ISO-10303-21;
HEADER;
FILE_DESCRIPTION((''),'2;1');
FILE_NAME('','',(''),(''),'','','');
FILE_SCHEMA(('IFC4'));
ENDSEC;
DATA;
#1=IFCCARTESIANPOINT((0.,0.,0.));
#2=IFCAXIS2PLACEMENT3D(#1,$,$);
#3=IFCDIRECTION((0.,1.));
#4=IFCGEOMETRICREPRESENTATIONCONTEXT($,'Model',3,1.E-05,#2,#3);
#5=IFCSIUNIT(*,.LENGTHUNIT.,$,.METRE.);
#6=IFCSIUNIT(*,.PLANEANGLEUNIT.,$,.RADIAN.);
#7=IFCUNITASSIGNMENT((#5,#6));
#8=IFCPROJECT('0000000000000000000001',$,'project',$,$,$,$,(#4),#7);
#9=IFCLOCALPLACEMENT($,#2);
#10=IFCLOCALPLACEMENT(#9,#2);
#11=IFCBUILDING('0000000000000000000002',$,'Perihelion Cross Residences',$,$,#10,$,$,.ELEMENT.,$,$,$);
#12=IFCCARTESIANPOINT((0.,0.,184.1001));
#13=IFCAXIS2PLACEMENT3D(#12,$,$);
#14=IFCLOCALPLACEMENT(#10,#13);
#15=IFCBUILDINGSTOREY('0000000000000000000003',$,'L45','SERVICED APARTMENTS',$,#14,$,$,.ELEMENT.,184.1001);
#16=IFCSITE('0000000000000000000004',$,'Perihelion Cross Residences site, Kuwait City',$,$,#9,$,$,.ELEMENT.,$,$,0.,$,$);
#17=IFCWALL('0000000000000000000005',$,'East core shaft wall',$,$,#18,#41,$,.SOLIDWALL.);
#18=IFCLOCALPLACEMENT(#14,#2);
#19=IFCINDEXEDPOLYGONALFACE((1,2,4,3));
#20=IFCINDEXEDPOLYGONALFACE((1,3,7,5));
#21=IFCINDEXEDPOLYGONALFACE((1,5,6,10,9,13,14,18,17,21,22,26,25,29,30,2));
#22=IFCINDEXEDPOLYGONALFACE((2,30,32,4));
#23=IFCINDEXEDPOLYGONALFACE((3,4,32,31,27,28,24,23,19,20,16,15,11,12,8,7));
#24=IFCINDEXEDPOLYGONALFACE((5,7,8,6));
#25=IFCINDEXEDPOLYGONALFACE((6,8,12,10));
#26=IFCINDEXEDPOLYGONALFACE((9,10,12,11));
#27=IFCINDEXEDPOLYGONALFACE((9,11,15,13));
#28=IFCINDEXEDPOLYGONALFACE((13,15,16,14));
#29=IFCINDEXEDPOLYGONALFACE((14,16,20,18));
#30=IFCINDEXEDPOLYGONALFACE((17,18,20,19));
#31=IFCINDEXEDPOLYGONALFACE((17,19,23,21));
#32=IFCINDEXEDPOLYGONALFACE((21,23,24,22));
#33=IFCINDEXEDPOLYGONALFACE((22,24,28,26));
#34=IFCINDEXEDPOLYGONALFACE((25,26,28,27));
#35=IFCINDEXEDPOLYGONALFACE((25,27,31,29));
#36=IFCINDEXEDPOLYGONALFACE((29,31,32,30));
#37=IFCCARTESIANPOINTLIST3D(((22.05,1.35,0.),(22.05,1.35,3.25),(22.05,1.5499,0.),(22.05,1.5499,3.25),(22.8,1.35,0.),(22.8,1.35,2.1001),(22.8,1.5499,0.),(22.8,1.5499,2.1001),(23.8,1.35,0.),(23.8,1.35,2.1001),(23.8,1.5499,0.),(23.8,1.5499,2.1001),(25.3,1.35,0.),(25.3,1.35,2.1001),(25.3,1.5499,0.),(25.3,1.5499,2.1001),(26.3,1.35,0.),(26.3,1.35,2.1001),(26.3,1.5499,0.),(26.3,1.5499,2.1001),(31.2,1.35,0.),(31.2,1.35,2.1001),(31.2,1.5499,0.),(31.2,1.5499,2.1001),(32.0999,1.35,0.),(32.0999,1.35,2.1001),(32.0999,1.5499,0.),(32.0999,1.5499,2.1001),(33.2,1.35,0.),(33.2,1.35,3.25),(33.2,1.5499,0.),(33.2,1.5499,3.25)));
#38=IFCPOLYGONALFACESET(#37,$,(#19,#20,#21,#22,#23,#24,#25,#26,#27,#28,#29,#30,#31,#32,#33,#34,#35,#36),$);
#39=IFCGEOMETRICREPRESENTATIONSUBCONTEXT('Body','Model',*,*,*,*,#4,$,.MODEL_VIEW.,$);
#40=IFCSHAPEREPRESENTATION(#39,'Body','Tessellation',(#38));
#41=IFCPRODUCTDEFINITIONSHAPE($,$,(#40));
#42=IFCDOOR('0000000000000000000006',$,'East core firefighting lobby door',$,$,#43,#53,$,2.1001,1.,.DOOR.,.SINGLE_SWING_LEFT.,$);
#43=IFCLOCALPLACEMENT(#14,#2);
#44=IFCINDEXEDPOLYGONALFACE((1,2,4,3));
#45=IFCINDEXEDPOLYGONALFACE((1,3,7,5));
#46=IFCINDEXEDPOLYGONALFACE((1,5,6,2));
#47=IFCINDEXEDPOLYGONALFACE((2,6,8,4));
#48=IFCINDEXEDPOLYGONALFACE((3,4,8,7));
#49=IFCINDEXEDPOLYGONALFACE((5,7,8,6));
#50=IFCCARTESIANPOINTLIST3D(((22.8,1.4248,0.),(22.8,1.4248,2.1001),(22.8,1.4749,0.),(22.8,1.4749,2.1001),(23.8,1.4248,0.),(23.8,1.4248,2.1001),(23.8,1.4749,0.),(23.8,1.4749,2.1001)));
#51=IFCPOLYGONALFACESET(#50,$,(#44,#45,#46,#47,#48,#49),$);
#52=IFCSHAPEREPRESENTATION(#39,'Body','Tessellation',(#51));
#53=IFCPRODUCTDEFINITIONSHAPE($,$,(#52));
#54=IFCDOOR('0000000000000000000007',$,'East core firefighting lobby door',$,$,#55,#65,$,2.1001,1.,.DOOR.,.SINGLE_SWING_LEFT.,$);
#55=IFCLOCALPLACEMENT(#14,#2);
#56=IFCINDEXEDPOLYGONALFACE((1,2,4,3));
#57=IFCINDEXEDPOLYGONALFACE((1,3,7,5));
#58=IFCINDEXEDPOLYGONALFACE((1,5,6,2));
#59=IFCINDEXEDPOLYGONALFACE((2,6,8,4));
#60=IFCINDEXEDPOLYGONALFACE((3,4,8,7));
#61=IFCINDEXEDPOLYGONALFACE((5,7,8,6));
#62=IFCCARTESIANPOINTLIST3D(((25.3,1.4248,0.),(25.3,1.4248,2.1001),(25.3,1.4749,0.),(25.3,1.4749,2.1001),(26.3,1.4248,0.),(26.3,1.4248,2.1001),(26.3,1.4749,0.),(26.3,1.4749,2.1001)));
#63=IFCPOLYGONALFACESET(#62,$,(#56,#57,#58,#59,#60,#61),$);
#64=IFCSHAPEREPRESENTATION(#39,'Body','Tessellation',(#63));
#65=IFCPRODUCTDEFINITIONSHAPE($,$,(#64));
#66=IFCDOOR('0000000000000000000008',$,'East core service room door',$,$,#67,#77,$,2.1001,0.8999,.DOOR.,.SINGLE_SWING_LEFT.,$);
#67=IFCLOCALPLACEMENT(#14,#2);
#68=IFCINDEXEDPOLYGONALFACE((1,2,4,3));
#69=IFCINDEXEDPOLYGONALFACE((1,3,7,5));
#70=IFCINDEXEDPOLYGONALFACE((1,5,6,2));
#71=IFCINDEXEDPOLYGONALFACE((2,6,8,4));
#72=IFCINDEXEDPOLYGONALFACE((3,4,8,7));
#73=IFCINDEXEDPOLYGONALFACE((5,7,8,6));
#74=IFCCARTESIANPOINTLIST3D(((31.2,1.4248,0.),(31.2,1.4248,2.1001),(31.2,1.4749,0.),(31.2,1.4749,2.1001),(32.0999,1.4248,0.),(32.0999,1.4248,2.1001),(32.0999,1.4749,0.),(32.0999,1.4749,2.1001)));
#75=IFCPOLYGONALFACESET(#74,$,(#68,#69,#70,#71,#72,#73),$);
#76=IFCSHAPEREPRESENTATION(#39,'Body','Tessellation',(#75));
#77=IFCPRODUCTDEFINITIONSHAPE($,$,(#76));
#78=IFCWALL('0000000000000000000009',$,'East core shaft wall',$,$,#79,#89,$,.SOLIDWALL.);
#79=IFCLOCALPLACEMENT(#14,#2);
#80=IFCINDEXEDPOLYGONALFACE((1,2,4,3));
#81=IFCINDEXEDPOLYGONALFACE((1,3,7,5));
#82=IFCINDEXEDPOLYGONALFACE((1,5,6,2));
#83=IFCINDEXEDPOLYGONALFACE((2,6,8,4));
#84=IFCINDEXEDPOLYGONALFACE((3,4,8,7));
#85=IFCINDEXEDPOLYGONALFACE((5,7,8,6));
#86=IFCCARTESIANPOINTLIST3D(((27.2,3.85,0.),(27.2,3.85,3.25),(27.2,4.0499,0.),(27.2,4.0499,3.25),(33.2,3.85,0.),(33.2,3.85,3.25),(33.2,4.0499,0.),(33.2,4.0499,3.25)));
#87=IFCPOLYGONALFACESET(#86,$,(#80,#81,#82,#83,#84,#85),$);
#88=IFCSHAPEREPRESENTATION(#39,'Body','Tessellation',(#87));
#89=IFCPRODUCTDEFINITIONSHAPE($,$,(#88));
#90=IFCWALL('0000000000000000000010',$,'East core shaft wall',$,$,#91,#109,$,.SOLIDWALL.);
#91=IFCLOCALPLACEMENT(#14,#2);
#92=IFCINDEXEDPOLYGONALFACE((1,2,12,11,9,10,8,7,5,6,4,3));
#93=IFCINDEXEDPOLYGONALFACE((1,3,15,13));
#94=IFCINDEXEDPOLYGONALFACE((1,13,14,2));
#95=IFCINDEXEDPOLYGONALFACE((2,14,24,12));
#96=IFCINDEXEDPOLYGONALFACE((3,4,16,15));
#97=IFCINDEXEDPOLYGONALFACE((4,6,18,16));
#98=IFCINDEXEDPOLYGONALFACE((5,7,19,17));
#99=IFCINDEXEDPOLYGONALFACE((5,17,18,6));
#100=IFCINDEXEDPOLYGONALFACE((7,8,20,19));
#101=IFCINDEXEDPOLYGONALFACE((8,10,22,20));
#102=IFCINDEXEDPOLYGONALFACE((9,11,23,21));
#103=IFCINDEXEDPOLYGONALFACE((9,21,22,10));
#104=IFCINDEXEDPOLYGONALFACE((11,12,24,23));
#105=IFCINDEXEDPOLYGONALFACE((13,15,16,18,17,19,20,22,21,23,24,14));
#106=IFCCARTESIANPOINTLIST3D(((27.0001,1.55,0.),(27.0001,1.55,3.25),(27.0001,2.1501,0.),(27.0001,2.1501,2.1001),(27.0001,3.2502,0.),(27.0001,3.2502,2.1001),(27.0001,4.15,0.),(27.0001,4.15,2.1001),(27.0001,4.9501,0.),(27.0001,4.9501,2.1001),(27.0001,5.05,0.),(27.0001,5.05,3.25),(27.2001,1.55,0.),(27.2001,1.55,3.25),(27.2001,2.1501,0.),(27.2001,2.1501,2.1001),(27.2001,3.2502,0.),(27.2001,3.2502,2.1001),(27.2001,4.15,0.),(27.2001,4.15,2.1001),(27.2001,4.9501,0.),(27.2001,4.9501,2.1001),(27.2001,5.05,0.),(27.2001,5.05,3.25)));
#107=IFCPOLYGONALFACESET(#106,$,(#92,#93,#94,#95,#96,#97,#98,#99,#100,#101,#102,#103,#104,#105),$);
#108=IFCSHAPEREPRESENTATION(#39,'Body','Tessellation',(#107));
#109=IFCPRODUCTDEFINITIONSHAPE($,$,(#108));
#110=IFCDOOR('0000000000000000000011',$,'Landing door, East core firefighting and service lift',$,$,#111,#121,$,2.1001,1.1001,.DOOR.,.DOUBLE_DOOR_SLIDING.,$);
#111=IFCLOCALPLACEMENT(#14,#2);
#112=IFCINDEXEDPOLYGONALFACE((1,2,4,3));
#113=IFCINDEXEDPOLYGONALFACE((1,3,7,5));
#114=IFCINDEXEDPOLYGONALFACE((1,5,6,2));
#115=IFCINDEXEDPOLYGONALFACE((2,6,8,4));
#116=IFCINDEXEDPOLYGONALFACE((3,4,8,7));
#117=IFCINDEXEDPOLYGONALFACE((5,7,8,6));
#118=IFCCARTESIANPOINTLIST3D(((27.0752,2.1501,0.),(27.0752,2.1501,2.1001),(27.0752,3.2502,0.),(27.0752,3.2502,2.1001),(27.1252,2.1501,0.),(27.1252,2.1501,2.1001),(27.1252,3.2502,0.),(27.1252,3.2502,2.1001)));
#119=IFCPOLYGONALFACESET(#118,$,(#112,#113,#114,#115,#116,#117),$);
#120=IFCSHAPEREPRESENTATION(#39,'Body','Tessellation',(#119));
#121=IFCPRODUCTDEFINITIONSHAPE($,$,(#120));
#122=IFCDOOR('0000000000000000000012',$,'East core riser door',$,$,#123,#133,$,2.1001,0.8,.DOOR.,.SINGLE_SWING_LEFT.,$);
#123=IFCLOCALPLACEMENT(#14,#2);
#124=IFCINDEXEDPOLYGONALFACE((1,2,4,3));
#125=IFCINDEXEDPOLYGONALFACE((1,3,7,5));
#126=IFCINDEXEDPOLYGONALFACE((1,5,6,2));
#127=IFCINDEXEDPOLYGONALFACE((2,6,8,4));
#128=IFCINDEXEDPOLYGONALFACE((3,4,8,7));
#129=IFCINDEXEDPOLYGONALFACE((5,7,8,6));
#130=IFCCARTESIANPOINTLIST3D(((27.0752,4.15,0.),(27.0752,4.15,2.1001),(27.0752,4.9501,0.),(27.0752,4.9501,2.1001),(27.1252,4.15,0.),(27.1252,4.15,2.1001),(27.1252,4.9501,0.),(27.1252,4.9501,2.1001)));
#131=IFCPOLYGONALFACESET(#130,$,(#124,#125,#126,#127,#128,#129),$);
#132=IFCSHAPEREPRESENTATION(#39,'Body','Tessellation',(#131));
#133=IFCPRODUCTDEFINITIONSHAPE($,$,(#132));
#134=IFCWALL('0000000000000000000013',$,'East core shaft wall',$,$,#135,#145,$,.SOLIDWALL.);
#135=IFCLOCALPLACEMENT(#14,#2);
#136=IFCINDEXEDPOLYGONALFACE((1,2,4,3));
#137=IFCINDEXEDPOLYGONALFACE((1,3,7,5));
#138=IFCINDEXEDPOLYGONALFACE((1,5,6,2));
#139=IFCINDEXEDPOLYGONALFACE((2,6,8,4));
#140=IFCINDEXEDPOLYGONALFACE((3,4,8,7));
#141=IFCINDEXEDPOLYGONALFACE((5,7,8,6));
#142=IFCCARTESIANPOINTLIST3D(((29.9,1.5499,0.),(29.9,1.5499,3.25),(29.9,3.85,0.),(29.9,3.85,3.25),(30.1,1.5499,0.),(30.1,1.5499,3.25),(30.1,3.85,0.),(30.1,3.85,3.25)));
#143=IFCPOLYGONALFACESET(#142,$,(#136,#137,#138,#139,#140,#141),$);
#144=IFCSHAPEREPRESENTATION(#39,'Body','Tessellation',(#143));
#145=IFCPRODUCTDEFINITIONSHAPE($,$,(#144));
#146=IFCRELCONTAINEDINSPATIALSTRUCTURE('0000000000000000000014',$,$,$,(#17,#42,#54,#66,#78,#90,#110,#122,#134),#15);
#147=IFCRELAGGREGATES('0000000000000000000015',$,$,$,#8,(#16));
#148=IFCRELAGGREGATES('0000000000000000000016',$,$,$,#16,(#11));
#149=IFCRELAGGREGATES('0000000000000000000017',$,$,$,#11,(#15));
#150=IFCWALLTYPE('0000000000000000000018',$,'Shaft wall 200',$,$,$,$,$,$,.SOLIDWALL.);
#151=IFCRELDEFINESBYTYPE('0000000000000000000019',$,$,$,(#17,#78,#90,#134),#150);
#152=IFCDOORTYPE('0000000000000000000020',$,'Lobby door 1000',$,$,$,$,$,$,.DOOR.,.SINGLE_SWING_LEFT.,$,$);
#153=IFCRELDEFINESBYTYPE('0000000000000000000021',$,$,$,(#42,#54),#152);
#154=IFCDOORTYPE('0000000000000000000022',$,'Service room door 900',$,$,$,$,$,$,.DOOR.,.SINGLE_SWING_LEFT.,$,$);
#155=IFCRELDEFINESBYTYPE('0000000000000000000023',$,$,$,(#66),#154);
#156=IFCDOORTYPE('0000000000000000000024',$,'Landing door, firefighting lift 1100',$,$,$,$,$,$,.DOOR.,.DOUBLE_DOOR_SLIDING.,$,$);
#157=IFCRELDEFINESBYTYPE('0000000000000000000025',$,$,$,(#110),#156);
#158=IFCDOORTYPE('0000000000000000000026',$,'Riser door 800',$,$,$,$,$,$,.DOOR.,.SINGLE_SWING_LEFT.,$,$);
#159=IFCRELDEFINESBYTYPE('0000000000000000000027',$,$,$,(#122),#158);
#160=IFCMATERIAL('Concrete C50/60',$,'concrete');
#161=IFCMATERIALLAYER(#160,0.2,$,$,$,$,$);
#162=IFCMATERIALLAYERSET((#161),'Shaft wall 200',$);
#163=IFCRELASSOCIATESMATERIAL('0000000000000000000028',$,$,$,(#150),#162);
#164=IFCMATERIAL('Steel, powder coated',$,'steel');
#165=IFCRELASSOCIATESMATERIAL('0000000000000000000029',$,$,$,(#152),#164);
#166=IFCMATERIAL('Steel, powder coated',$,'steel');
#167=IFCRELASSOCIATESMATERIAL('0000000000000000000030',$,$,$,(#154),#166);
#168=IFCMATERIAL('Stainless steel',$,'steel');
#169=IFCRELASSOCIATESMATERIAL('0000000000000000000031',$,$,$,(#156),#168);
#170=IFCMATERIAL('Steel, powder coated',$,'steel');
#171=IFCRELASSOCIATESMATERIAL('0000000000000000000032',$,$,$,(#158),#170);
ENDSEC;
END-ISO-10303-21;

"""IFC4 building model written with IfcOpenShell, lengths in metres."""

from ifc_helpers import new_model, si_unit, direction, frame, frame_2d, origin, place, context, subcontext, project, spatial, rectangle, extrude, material, layer, layer_set, type_object, element, fill, save


model = new_model("IFC4")

# Units and contexts
model_context = context("Model", 3, precision=1e-05, world=origin(), true_north=direction((0.0, 1.0)))
body_context = subcontext(model_context, "Body", "Model", "MODEL_VIEW")
ifc_project = project(units=[si_unit("LENGTHUNIT", "METRE"), si_unit("PLANEANGLEUNIT", "RADIAN")], contexts=[model_context])

# Site, building, storey
site_placement = place(None, origin())
site = spatial("IfcSite", under=ifc_project, at=site_placement, Name="Perihelion Cross Residences site, Kuwait City", CompositionType="ELEMENT", RefElevation=0.0)
building_placement = place(site_placement, origin())
building = spatial("IfcBuilding", under=site, at=building_placement, Name="Perihelion Cross Residences", CompositionType="ELEMENT")
storey_placement = place(building_placement, frame((0.0, 0.0, 184.1001)))
storey = spatial("IfcBuildingStorey", under=building, at=storey_placement, Name="L45", Description="SERVICED APARTMENTS", CompositionType="ELEMENT", Elevation=184.1001)

# Wall, openings, doors
ifc_material_1 = material(Name="Concrete C50/60", Category="concrete")
ifc_layer_1 = layer(ifc_material_1, 0.2)
ifc_layer_set_1 = layer_set([ifc_layer_1], Name="Shaft wall 200")
wall_type_1 = type_object("IfcWallType", Name="Shaft wall 200", PredefinedType="SOLIDWALL", material=ifc_layer_set_1)
wall_1_placement = place(storey_placement, frame((22.05, 1.45, 0.0), z_axis=(0.0, 0.0, 1.0), x_axis=(1.0, 0.0, 0.0)))
wall_1 = element("IfcWall", 1, at=wall_1_placement, inside=storey, type_object=wall_type_1, Name="East core shaft wall", PredefinedType="SOLIDWALL", context=body_context, shape_type="SweptSolid", body=[
    extrude(rectangle(XDim=11.1499, YDim=0.2, at=frame_2d((5.575, 0.0))), origin(), (0.0, 0.0, 1.0), 3.25),
])
opening_1_placement = place(wall_1_placement, frame((0.75, 0.0, 0.0)))
opening_1 = element("IfcOpeningElement", 2, at=opening_1_placement, cuts=wall_1, PredefinedType="OPENING", context=body_context, shape_type="SweptSolid", body=[
    extrude(rectangle(XDim=1.0, YDim=2.1001, at=frame_2d((0.5, 1.05))), frame((0.0, 0.1099, 0.0), z_axis=(0.0, -1.0, 0.0), x_axis=(1.0, 0.0, 0.0)), (0.0, 0.0, 1.0), 0.22),
])
opening_2_placement = place(wall_1_placement, frame((3.25, 0.0, 0.0)))
opening_2 = element("IfcOpeningElement", 3, at=opening_2_placement, cuts=wall_1, PredefinedType="OPENING", context=body_context, shape_type="SweptSolid", body=[
    extrude(rectangle(XDim=1.0, YDim=2.1001, at=frame_2d((0.5, 1.05))), frame((0.0, 0.1099, 0.0), z_axis=(0.0, -1.0, 0.0), x_axis=(1.0, 0.0, 0.0)), (0.0, 0.0, 1.0), 0.22),
])
opening_3_placement = place(wall_1_placement, frame((9.1499, 0.0, 0.0)))
opening_3 = element("IfcOpeningElement", 4, at=opening_3_placement, cuts=wall_1, PredefinedType="OPENING", context=body_context, shape_type="SweptSolid", body=[
    extrude(rectangle(XDim=0.8999, YDim=2.1001, at=frame_2d((0.45, 1.05))), frame((0.0, 0.1099, 0.0), z_axis=(0.0, -1.0, 0.0), x_axis=(1.0, 0.0, 0.0)), (0.0, 0.0, 1.0), 0.22),
])
ifc_material_2 = material(Name="Steel, powder coated", Category="steel")
door_type_1 = type_object("IfcDoorType", Name="Lobby door 1000", OperationType="SINGLE_SWING_LEFT", PredefinedType="DOOR", material=ifc_material_2)
door_1_placement = place(opening_1_placement, origin())
door_1 = element("IfcDoor", 5, at=door_1_placement, inside=storey, type_object=door_type_1, Name="East core firefighting lobby door", OperationType="SINGLE_SWING_LEFT", OverallHeight=2.1001, OverallWidth=1.0, PredefinedType="DOOR", context=body_context, shape_type="SweptSolid", body=[
    extrude(rectangle(XDim=1.0, YDim=2.1001, at=frame_2d((0.5, 1.05))), frame((0.0, 0.0249, 0.0), z_axis=(0.0, -1.0, 0.0), x_axis=(1.0, 0.0, 0.0)), (0.0, 0.0, 1.0), 0.05),
])
fill(opening_1, door_1)
door_2_placement = place(opening_2_placement, origin())
door_2 = element("IfcDoor", 6, at=door_2_placement, inside=storey, type_object=door_type_1, Name="East core firefighting lobby door", OperationType="SINGLE_SWING_LEFT", OverallHeight=2.1001, OverallWidth=1.0, PredefinedType="DOOR", context=body_context, shape_type="SweptSolid", body=[
    extrude(rectangle(XDim=1.0, YDim=2.1001, at=frame_2d((0.5, 1.05))), frame((0.0, 0.0249, 0.0), z_axis=(0.0, -1.0, 0.0), x_axis=(1.0, 0.0, 0.0)), (0.0, 0.0, 1.0), 0.05),
])
fill(opening_2, door_2)
ifc_material_3 = material(Name="Steel, powder coated", Category="steel")
door_type_2 = type_object("IfcDoorType", Name="Service room door 900", OperationType="SINGLE_SWING_LEFT", PredefinedType="DOOR", material=ifc_material_3)
door_3_placement = place(opening_3_placement, origin())
door_3 = element("IfcDoor", 7, at=door_3_placement, inside=storey, type_object=door_type_2, Name="East core service room door", OperationType="SINGLE_SWING_LEFT", OverallHeight=2.1001, OverallWidth=0.8999, PredefinedType="DOOR", context=body_context, shape_type="SweptSolid", body=[
    extrude(rectangle(XDim=0.8999, YDim=2.1001, at=frame_2d((0.45, 1.05))), frame((0.0, 0.0249, 0.0), z_axis=(0.0, -1.0, 0.0), x_axis=(1.0, 0.0, 0.0)), (0.0, 0.0, 1.0), 0.05),
])
fill(opening_3, door_3)

# Wall
wall_2_placement = place(storey_placement, frame((27.2, 3.95, 0.0), z_axis=(0.0, 0.0, 1.0), x_axis=(1.0, 0.0, 0.0)))
element("IfcWall", 8, at=wall_2_placement, inside=storey, type_object=wall_type_1, Name="East core shaft wall", PredefinedType="SOLIDWALL", context=body_context, shape_type="SweptSolid", body=[
    extrude(rectangle(XDim=6.0, YDim=0.2, at=frame_2d((3.0, 0.0))), origin(), (0.0, 0.0, 1.0), 3.25),
])

# Wall, openings, doors
wall_3_placement = place(storey_placement, frame((27.1001, 1.55, 0.0), z_axis=(0.0, 0.0, 1.0), x_axis=(0.0, 1.0, 0.0)))
wall_3 = element("IfcWall", 9, at=wall_3_placement, inside=storey, type_object=wall_type_1, Name="East core shaft wall", PredefinedType="SOLIDWALL", context=body_context, shape_type="SweptSolid", body=[
    extrude(rectangle(XDim=3.5, YDim=0.2, at=frame_2d((1.75, 0.0))), origin(), (0.0, 0.0, 1.0), 3.25),
])
opening_4_placement = place(wall_3_placement, frame((0.6001, 0.0, 0.0)))
opening_4 = element("IfcOpeningElement", 10, at=opening_4_placement, cuts=wall_3, PredefinedType="OPENING", context=body_context, shape_type="SweptSolid", body=[
    extrude(rectangle(XDim=1.1001, YDim=2.1001, at=frame_2d((0.55, 1.05))), frame((0.0, 0.1099, 0.0), z_axis=(0.0, -1.0, 0.0), x_axis=(1.0, 0.0, 0.0)), (0.0, 0.0, 1.0), 0.22),
])
opening_5_placement = place(wall_3_placement, frame((2.6001, 0.0, 0.0)))
opening_5 = element("IfcOpeningElement", 11, at=opening_5_placement, cuts=wall_3, PredefinedType="OPENING", context=body_context, shape_type="SweptSolid", body=[
    extrude(rectangle(XDim=0.8, YDim=2.1001, at=frame_2d((0.3999, 1.05))), frame((0.0, 0.1099, 0.0), z_axis=(0.0, -1.0, 0.0), x_axis=(1.0, 0.0, 0.0)), (0.0, 0.0, 1.0), 0.22),
])
ifc_material_4 = material(Name="Stainless steel", Category="steel")
door_type_3 = type_object("IfcDoorType", Name="Landing door, firefighting lift 1100", OperationType="DOUBLE_DOOR_SLIDING", PredefinedType="DOOR", material=ifc_material_4)
door_4_placement = place(opening_4_placement, origin())
door_4 = element("IfcDoor", 12, at=door_4_placement, inside=storey, type_object=door_type_3, Name="Landing door, East core firefighting and service lift", OperationType="DOUBLE_DOOR_SLIDING", OverallHeight=2.1001, OverallWidth=1.1001, PredefinedType="DOOR", context=body_context, shape_type="SweptSolid", body=[
    extrude(rectangle(XDim=1.1001, YDim=2.1001, at=frame_2d((0.55, 1.05))), frame((0.0, 0.0249, 0.0), z_axis=(0.0, -1.0, 0.0), x_axis=(1.0, 0.0, 0.0)), (0.0, 0.0, 1.0), 0.05),
])
fill(opening_4, door_4)
ifc_material_5 = material(Name="Steel, powder coated", Category="steel")
door_type_4 = type_object("IfcDoorType", Name="Riser door 800", OperationType="SINGLE_SWING_LEFT", PredefinedType="DOOR", material=ifc_material_5)
door_5_placement = place(opening_5_placement, origin())
door_5 = element("IfcDoor", 13, at=door_5_placement, inside=storey, type_object=door_type_4, Name="East core riser door", OperationType="SINGLE_SWING_LEFT", OverallHeight=2.1001, OverallWidth=0.8, PredefinedType="DOOR", context=body_context, shape_type="SweptSolid", body=[
    extrude(rectangle(XDim=0.8, YDim=2.1001, at=frame_2d((0.3999, 1.05))), frame((0.0, 0.0249, 0.0), z_axis=(0.0, -1.0, 0.0), x_axis=(1.0, 0.0, 0.0)), (0.0, 0.0, 1.0), 0.05),
])
fill(opening_5, door_5)

# Wall
wall_4_placement = place(storey_placement, frame((30.0, 1.55, 0.0), z_axis=(0.0, 0.0, 1.0), x_axis=(0.0, 1.0, 0.0)))
element("IfcWall", 14, at=wall_4_placement, inside=storey, type_object=wall_type_1, Name="East core shaft wall", PredefinedType="SOLIDWALL", context=body_context, shape_type="SweptSolid", body=[
    extrude(rectangle(XDim=2.3, YDim=0.2, at=frame_2d((1.1499, 0.0))), origin(), (0.0, 0.0, 1.0), 3.25),
])

save(model, "model.ifc")
